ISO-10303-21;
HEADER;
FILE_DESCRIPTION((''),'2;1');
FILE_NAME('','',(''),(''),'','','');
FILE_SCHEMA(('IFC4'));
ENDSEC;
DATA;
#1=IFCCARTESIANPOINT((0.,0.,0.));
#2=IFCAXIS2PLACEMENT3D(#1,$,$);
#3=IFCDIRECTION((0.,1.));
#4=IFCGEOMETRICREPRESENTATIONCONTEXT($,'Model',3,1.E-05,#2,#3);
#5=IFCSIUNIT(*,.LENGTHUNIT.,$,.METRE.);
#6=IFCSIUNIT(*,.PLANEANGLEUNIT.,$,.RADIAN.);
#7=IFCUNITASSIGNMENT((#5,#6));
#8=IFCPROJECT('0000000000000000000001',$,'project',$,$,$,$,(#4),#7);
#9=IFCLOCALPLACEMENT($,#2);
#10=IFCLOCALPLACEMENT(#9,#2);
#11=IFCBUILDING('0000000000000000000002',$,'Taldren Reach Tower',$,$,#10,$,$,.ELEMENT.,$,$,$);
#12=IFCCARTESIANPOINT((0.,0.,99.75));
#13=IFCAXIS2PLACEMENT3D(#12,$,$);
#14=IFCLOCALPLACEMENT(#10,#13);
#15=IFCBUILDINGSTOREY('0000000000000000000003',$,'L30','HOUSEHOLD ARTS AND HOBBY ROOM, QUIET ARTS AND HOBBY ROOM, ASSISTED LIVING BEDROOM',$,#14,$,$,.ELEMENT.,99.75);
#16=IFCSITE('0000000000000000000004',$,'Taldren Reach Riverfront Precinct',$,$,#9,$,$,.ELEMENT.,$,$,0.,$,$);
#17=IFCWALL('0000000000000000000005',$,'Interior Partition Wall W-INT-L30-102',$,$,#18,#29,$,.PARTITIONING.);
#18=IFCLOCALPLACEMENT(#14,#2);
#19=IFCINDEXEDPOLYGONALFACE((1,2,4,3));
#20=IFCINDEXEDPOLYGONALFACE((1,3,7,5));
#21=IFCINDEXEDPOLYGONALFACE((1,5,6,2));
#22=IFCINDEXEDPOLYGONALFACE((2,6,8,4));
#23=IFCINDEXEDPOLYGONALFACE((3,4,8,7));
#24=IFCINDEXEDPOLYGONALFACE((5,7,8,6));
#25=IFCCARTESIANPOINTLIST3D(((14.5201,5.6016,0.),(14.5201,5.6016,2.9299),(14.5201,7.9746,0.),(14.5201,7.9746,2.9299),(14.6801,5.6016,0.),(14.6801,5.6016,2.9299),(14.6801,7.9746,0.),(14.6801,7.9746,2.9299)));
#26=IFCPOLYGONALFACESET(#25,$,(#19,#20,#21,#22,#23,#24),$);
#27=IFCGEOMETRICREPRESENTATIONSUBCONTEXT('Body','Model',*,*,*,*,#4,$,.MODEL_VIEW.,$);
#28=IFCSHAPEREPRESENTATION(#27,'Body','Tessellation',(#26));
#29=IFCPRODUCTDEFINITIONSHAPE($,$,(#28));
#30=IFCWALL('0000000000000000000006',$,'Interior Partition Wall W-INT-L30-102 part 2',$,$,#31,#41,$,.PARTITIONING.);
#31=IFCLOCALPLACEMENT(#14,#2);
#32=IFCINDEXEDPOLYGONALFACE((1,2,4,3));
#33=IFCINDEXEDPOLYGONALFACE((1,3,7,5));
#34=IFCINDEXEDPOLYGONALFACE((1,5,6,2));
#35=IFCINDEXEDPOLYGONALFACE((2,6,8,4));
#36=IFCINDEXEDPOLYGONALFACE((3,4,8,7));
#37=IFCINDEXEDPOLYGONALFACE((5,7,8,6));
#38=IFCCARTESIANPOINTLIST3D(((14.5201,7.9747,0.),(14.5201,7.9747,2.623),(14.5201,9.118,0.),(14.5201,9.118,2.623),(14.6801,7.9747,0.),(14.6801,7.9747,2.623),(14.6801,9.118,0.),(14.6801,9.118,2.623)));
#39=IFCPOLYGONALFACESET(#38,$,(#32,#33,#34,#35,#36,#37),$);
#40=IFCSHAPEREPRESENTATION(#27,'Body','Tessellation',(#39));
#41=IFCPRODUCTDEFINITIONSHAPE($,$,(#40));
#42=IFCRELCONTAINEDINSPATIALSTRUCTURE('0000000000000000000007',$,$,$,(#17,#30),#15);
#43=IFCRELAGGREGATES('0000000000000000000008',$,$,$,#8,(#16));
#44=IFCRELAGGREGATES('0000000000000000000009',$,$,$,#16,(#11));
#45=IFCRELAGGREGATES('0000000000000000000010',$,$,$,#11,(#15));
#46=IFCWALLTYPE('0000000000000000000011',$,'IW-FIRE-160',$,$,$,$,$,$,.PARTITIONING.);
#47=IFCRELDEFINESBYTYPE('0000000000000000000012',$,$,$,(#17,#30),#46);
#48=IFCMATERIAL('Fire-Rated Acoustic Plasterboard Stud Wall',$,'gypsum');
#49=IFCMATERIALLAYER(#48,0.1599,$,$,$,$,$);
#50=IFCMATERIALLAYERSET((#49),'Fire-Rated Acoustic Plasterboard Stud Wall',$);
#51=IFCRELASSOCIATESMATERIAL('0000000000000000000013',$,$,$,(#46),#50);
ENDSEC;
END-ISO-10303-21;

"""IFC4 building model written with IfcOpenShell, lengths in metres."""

from ifc_helpers import new_model, si_unit, direction, frame, frame_2d, origin, place, context, subcontext, project, spatial, rectangle, extrude, source, transform, mapped, material, layer, layer_set, type_object, element, save


model = new_model("IFC4")

# Units and contexts
model_context = context("Model", 3, precision=1e-05, world=origin(), true_north=direction((0.0, 1.0)))
body_context = subcontext(model_context, "Body", "Model", "MODEL_VIEW")
ifc_project = project(units=[si_unit("LENGTHUNIT", "METRE"), si_unit("PLANEANGLEUNIT", "RADIAN")], contexts=[model_context])

# Site, building, storey
site_placement = place(None, origin())
site = spatial("IfcSite", under=ifc_project, at=site_placement, Name="Taldren Reach Riverfront Precinct", CompositionType="ELEMENT", RefElevation=0.0)
building_placement = place(site_placement, origin())
building = spatial("IfcBuilding", under=site, at=building_placement, Name="Taldren Reach Tower", CompositionType="ELEMENT")
storey_placement = place(building_placement, frame((0.0, 0.0, 99.75)))
storey = spatial("IfcBuildingStorey", under=building, at=storey_placement, Name="L30", Description="HOUSEHOLD ARTS AND HOBBY ROOM, QUIET ARTS AND HOBBY ROOM, ASSISTED LIVING BEDROOM", CompositionType="ELEMENT", Elevation=99.75)

# Walls
ifc_material_1 = material(Name="Fire-Rated Acoustic Plasterboard Stud Wall", Category="gypsum")
ifc_layer_1 = layer(ifc_material_1, 0.1599)
ifc_layer_set_1 = layer_set([ifc_layer_1], Name="Fire-Rated Acoustic Plasterboard Stud Wall")
wall_type_1 = type_object("IfcWallType", Name="IW-FIRE-160", PredefinedType="PARTITIONING", material=ifc_layer_set_1)
shared_shape_1 = source(origin(), body_context, "Body", "SweptSolid", [
    extrude(rectangle(XDim=2.373, YDim=0.1599, at=frame_2d((1.1865, 0.0))), origin(), (0.0, 0.0, 1.0), 2.9299),
])
wall_1_placement = place(storey_placement, frame((14.6001, 5.6016, 0.0), z_axis=(0.0, 0.0, 1.0), x_axis=(0.0, 1.0, 0.0)))
element("IfcWall", 1, at=wall_1_placement, inside=storey, type_object=wall_type_1, Name="Interior Partition Wall W-INT-L30-102", PredefinedType="PARTITIONING", context=body_context, shape_type="MappedRepresentation", body=[
    mapped(shared_shape_1, transform((0.0, 0.0, 0.0), scale=1.0)),
])
shared_shape_2 = source(origin(), body_context, "Body", "SweptSolid", [
    extrude(rectangle(XDim=1.1433, YDim=0.1599, at=frame_2d((0.5718, 0.0))), origin(), (0.0, 0.0, 1.0), 2.623),
])
wall_2_placement = place(storey_placement, frame((14.6001, 7.9746, 0.0), z_axis=(0.0, 0.0, 1.0), x_axis=(0.0, 1.0, 0.0)))
element("IfcWall", 2, at=wall_2_placement, inside=storey, type_object=wall_type_1, Name="Interior Partition Wall W-INT-L30-102 part 2", PredefinedType="PARTITIONING", context=body_context, shape_type="MappedRepresentation", body=[
    mapped(shared_shape_2, transform((0.0, 0.0, 0.0), scale=1.0)),
])

save(model, "model.ifc")
